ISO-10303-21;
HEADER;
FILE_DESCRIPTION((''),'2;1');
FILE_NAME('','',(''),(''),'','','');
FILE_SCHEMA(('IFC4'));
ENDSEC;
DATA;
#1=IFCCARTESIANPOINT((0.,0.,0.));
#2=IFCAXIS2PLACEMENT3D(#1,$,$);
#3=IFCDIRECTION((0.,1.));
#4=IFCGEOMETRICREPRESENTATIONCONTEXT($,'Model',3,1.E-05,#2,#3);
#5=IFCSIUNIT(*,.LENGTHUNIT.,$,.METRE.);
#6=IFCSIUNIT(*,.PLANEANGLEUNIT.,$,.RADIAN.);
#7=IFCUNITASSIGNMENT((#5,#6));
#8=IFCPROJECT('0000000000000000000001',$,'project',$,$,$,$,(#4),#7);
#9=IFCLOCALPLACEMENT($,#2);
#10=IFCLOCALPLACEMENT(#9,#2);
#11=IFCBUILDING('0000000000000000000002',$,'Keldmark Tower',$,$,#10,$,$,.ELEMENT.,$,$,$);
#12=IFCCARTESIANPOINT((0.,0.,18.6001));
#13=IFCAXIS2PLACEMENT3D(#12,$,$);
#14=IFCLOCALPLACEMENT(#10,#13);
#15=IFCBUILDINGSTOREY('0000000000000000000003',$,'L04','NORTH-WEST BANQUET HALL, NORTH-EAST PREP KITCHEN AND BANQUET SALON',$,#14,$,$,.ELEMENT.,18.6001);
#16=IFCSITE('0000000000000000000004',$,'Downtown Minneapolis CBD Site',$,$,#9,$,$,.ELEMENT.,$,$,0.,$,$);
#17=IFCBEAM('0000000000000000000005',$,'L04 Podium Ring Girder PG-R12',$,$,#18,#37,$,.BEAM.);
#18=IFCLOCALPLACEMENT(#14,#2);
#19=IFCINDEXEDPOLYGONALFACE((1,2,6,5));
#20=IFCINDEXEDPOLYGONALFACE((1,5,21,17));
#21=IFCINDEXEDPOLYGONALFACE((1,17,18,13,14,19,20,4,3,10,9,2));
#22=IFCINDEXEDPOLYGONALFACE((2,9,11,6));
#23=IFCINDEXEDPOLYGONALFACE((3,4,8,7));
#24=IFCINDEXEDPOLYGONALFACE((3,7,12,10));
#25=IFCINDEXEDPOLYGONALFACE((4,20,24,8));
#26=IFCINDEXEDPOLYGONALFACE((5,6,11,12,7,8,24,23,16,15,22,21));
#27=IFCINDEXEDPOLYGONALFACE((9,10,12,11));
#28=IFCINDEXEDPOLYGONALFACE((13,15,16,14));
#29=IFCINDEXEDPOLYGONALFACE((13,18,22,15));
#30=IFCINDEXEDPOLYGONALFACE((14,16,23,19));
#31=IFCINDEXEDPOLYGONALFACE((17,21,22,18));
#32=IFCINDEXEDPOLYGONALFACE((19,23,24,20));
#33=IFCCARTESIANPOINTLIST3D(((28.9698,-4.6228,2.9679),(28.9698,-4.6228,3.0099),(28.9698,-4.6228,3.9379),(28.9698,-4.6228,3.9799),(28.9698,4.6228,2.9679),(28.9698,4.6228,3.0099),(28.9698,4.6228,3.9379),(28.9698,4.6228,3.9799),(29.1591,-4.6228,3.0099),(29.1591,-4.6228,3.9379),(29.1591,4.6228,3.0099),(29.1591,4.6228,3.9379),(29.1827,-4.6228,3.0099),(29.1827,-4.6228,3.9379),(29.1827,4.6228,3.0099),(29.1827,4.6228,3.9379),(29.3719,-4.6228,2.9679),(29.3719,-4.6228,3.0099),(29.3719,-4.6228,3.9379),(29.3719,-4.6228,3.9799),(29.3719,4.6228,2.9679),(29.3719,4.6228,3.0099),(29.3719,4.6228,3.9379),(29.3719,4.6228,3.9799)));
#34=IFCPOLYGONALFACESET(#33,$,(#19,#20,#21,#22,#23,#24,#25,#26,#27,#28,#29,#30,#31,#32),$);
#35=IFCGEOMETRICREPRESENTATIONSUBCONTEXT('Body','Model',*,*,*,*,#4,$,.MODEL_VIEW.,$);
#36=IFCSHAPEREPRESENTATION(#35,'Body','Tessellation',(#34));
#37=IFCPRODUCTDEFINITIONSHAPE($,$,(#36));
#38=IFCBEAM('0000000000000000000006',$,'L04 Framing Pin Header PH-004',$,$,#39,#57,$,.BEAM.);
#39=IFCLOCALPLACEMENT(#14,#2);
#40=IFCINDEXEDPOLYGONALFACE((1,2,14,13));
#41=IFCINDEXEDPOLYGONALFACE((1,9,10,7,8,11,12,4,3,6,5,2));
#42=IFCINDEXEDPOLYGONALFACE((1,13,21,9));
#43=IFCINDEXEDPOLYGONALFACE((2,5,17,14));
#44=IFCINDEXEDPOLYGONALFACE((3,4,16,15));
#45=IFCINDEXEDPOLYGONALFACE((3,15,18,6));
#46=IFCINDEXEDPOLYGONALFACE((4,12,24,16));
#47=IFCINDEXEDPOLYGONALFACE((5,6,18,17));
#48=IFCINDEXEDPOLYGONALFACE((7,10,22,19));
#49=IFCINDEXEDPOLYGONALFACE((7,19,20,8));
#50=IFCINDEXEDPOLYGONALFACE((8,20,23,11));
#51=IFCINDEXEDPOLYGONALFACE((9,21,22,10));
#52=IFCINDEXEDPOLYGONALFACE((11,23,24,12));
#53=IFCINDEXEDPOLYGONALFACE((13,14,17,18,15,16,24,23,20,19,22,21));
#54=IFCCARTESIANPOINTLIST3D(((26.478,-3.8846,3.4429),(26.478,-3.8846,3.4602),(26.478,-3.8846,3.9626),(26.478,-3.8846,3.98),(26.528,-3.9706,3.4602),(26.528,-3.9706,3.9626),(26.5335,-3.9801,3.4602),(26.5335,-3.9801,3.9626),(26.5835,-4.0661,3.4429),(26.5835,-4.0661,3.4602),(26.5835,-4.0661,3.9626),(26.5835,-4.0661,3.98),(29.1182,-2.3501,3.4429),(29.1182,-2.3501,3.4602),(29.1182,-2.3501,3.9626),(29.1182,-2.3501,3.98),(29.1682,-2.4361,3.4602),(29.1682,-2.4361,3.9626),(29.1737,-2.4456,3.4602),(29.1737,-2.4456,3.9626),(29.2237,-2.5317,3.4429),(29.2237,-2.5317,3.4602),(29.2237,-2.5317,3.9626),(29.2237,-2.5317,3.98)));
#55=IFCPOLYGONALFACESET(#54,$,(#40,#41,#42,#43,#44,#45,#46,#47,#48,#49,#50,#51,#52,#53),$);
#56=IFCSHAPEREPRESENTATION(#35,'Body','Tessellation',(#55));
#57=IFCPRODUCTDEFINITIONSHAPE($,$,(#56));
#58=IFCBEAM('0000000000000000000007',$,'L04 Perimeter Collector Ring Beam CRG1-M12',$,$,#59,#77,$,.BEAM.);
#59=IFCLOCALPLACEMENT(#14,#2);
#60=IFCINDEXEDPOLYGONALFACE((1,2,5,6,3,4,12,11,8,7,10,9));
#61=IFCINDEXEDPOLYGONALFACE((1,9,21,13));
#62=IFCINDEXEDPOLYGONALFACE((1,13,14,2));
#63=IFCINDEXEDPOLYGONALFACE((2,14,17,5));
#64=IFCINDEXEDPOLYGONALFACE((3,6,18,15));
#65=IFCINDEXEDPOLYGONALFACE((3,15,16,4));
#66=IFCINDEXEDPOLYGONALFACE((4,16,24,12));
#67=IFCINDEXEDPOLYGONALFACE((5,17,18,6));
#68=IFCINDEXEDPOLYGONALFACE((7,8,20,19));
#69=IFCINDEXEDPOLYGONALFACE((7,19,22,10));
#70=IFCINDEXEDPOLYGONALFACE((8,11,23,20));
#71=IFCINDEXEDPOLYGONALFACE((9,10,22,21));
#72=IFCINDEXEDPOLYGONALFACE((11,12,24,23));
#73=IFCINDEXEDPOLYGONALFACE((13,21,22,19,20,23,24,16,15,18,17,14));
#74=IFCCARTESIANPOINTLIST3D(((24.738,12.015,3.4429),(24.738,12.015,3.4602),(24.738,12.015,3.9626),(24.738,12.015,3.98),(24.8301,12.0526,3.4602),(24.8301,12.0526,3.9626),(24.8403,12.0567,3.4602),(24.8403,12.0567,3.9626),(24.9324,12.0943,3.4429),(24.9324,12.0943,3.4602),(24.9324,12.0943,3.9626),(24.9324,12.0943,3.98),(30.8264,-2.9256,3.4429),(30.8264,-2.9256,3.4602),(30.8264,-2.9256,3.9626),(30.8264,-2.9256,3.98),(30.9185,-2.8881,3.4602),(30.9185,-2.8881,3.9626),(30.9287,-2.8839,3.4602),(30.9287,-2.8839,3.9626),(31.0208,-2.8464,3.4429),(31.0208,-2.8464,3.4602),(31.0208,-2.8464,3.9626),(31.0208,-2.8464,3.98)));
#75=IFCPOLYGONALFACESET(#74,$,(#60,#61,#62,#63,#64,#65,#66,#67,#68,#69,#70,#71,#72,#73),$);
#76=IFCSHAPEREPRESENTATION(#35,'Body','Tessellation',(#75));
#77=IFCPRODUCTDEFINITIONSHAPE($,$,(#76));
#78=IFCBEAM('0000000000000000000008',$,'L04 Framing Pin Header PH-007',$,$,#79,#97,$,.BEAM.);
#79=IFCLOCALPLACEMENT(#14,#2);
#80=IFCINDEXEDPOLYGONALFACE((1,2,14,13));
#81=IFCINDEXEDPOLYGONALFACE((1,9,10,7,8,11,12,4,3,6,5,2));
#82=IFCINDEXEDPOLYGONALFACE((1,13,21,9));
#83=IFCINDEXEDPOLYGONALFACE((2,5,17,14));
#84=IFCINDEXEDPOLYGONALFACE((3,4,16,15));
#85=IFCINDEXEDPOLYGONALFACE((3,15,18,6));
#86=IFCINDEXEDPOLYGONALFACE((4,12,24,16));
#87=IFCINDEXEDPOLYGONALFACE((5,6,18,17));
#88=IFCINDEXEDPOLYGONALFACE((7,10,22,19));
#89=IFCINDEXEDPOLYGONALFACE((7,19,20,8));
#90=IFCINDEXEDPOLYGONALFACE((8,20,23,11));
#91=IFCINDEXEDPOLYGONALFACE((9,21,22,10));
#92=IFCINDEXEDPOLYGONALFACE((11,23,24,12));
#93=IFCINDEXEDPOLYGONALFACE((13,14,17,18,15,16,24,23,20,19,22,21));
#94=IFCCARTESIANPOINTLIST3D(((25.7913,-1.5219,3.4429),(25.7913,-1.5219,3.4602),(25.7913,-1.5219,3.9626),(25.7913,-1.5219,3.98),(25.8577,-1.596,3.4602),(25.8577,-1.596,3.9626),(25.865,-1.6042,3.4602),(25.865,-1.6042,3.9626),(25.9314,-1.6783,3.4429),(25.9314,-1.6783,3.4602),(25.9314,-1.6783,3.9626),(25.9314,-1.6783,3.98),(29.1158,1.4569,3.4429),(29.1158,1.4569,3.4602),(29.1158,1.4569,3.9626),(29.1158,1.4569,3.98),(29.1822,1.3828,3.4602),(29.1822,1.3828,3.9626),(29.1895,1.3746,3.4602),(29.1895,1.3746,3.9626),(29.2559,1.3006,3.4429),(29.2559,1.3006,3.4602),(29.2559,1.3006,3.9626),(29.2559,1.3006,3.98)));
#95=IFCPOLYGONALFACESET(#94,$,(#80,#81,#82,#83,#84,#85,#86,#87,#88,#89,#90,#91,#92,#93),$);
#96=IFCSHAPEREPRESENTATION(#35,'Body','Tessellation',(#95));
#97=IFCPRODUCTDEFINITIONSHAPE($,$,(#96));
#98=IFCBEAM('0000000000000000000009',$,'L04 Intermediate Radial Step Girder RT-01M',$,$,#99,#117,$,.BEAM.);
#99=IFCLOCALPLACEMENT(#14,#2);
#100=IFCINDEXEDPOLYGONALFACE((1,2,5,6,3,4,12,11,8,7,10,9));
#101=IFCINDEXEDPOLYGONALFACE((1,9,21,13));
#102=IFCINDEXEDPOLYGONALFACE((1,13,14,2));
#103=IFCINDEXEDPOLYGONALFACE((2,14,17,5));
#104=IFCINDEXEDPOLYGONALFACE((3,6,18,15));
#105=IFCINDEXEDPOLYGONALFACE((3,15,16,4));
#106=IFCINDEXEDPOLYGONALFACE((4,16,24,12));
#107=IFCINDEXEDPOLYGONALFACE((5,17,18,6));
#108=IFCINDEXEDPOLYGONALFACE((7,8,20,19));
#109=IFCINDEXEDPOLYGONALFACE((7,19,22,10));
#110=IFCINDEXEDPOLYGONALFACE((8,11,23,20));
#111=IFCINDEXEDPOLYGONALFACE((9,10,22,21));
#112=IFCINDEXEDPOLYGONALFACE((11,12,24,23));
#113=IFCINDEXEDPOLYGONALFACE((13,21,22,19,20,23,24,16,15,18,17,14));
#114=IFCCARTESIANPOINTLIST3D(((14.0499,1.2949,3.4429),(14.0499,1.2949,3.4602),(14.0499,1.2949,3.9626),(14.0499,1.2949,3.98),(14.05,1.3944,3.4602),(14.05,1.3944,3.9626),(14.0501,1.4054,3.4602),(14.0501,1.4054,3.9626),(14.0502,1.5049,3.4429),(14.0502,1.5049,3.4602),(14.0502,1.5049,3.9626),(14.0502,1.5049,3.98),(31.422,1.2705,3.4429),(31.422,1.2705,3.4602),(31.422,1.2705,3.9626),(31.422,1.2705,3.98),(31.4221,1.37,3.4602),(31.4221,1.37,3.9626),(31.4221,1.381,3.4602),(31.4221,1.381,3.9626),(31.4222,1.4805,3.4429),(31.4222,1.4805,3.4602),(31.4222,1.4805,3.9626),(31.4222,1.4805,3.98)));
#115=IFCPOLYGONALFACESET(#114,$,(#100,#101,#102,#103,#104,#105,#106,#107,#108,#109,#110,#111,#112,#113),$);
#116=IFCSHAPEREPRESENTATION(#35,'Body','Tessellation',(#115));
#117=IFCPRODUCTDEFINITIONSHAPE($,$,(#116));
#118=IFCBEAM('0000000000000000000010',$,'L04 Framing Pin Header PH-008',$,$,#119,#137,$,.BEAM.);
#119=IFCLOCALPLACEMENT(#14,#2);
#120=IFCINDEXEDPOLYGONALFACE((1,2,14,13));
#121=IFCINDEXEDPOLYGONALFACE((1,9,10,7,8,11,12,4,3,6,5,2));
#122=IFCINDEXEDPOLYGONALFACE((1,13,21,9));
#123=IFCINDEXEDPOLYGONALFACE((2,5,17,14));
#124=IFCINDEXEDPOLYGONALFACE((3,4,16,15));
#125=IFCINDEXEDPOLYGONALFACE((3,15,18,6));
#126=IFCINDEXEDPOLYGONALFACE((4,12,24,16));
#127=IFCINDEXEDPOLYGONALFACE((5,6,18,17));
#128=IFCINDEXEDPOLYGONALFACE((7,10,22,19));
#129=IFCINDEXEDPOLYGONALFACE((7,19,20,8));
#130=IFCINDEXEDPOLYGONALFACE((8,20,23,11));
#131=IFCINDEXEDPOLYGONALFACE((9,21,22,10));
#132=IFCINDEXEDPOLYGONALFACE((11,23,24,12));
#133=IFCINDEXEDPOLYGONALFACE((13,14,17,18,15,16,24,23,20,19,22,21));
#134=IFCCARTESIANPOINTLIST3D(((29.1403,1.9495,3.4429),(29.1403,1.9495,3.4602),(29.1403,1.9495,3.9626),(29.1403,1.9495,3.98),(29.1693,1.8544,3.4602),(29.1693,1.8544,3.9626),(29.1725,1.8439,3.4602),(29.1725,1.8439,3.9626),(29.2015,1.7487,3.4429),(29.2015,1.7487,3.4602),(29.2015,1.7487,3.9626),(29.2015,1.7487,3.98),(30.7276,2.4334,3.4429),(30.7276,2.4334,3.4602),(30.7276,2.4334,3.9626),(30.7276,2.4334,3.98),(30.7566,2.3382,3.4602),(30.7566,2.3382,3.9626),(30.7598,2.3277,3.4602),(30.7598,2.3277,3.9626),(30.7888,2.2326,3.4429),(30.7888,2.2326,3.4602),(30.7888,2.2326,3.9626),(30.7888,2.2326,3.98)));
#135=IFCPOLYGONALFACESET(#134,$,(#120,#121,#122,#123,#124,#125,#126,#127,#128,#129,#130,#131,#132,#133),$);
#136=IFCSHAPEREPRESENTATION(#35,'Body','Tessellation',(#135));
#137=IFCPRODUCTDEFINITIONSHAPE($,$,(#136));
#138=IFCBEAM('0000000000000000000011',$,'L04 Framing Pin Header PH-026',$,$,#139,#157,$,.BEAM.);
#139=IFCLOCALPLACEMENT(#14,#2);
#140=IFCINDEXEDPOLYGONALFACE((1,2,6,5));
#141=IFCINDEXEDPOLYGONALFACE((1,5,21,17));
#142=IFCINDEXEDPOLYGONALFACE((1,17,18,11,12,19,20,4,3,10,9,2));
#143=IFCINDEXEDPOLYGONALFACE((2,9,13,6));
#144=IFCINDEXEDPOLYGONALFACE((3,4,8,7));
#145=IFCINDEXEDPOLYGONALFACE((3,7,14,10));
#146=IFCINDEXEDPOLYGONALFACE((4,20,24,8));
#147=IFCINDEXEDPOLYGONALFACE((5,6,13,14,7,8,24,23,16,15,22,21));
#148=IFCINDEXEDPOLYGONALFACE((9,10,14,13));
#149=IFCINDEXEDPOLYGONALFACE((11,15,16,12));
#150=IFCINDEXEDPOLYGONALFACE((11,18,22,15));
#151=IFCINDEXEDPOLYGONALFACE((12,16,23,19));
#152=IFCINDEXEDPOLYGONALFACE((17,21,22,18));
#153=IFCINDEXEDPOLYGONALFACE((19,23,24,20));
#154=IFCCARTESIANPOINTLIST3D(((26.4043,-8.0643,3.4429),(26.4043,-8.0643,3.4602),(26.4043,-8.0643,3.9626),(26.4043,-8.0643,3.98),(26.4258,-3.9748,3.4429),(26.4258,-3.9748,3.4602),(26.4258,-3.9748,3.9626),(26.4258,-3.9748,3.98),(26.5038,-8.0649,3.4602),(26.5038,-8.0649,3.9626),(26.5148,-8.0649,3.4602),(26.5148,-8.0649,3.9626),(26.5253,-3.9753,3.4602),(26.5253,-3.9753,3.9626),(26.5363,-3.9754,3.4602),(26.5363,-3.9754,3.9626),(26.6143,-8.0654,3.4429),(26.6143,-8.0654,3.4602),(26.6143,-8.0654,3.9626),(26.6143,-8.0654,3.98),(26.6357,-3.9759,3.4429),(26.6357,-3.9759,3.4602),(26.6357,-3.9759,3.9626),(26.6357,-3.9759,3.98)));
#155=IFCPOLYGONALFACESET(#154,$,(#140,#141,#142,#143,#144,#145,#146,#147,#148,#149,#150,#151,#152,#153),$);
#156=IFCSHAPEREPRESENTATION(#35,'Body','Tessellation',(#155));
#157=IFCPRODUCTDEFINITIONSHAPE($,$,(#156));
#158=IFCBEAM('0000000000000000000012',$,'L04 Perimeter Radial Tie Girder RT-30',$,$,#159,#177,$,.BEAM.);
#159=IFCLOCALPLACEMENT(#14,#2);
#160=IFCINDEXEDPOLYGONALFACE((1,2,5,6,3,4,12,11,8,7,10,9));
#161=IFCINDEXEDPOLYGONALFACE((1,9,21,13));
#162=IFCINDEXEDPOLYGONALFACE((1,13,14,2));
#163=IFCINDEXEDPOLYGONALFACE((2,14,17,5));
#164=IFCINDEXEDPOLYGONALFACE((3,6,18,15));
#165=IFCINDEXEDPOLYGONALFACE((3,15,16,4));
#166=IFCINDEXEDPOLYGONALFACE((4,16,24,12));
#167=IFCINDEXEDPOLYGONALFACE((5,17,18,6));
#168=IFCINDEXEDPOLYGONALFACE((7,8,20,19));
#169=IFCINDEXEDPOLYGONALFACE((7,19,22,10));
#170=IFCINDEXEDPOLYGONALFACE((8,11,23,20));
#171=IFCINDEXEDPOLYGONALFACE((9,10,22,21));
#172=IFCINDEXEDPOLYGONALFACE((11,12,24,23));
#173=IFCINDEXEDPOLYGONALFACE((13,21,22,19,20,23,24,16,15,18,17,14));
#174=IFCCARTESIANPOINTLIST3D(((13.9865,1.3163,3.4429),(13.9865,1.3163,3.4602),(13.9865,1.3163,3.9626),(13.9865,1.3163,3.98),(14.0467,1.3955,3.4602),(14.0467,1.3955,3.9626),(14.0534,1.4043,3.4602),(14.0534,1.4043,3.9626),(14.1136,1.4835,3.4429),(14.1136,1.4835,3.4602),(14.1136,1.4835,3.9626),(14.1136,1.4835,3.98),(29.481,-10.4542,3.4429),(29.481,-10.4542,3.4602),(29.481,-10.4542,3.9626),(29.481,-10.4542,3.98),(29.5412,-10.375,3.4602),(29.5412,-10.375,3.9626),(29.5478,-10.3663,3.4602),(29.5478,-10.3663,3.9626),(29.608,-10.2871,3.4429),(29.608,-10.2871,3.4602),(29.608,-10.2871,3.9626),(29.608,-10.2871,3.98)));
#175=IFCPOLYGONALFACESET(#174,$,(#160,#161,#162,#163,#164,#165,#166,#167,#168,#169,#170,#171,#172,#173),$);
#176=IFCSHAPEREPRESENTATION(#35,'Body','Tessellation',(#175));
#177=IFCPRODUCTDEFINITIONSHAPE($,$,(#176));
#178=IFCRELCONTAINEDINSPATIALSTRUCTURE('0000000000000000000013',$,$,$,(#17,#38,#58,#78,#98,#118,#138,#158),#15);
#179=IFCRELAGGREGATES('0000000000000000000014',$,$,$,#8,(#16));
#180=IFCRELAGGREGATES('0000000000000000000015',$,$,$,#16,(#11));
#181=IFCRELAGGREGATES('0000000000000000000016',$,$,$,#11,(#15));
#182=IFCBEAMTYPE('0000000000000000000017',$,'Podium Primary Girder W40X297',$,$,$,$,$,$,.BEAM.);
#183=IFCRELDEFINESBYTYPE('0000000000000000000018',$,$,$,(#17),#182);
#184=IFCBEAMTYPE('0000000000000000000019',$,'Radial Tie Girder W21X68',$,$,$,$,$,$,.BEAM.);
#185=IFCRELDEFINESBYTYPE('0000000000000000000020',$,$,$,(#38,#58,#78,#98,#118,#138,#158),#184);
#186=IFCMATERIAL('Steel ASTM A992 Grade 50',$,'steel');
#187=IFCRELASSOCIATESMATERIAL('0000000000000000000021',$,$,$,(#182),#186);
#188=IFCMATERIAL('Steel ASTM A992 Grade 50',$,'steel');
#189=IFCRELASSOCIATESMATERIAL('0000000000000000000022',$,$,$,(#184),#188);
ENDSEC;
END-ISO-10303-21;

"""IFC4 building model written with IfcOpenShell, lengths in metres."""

from ifc_helpers import new_model, si_unit, direction, frame, origin, origin_2d, place, context, subcontext, project, spatial, i_section, extrude, material, material_profile, profile_set, type_object, element, save


model = new_model("IFC4")

# Units and contexts
model_context = context("Model", 3, precision=1e-05, world=origin(), true_north=direction((0.0, 1.0)))
body_context = subcontext(model_context, "Body", "Model", "MODEL_VIEW")
ifc_project = project(units=[si_unit("LENGTHUNIT", "METRE"), si_unit("PLANEANGLEUNIT", "RADIAN")], contexts=[model_context])

# Site, building, storey
site_placement = place(None, origin())
site = spatial("IfcSite", under=ifc_project, at=site_placement, Name="Downtown Minneapolis CBD Site", CompositionType="ELEMENT", RefElevation=0.0)
building_placement = place(site_placement, origin())
building = spatial("IfcBuilding", under=site, at=building_placement, Name="Keldmark Tower", CompositionType="ELEMENT")
storey_placement = place(building_placement, frame((0.0, 0.0, 18.6001)))
storey = spatial("IfcBuildingStorey", under=building, at=storey_placement, Name="L04", Description="NORTH-WEST BANQUET HALL, NORTH-EAST PREP KITCHEN AND BANQUET SALON", CompositionType="ELEMENT", Elevation=18.6001)

# Beams
ifc_material_1 = material(Name="Steel ASTM A992 Grade 50", Category="steel")
ifc_material_profile_1 = material_profile(ifc_material_1, i_section(OverallWidth=0.4021, OverallDepth=1.012, WebThickness=0.0237, FlangeThickness=0.042, at=origin_2d()), Name="W40X297")
ifc_profile_set_1 = profile_set([ifc_material_profile_1], Name="Steel ASTM A992 Grade 50")
beam_type_1 = type_object("IfcBeamType", Name="Podium Primary Girder W40X297", PredefinedType="BEAM", material=ifc_profile_set_1)
beam_1_placement = place(storey_placement, frame((29.1709, -4.6228, 3.4739), z_axis=(0.0, 1.0, 0.0), x_axis=(-1.0, 0.0, 0.0)))
element("IfcBeam", 1, at=beam_1_placement, inside=storey, type_object=beam_type_1, Name="L04 Podium Ring Girder PG-R12", PredefinedType="BEAM", context=body_context, shape_type="SweptSolid", body=[
    extrude(i_section(OverallWidth=0.4021, OverallDepth=1.012, WebThickness=0.0237, FlangeThickness=0.042, at=origin_2d()), origin(), (0.0, 0.0, 1.0), 9.2456),
])
ifc_material_2 = material(Name="Steel ASTM A992 Grade 50", Category="steel")
ifc_material_profile_2 = material_profile(ifc_material_2, i_section(OverallWidth=0.21, OverallDepth=0.5371, WebThickness=0.011, FlangeThickness=0.0173, at=origin_2d()), Name="W21X68")
ifc_profile_set_2 = profile_set([ifc_material_profile_2], Name="Steel ASTM A992 Grade 50")
beam_type_2 = type_object("IfcBeamType", Name="Radial Tie Girder W21X68", PredefinedType="BEAM", material=ifc_profile_set_2)
beam_2_placement = place(storey_placement, frame((26.5308, -3.9753, 3.7114), z_axis=(0.864584, 0.502488, 0.0), x_axis=(-0.502488, 0.864584, 0.0)))
element("IfcBeam", 2, at=beam_2_placement, inside=storey, type_object=beam_type_2, Name="L04 Framing Pin Header PH-004", PredefinedType="BEAM", context=body_context, shape_type="SweptSolid", body=[
    extrude(i_section(OverallWidth=0.21, OverallDepth=0.5371, WebThickness=0.011, FlangeThickness=0.0173, at=origin_2d()), origin(), (0.0, 0.0, 1.0), 3.0537),
])
beam_3_placement = place(storey_placement, frame((30.9236, -2.886, 3.7114), z_axis=(-0.377373, 0.926061, 0.0), x_axis=(-0.926061, -0.377373, 0.0)))
element("IfcBeam", 3, at=beam_3_placement, inside=storey, type_object=beam_type_2, Name="L04 Perimeter Collector Ring Beam CRG1-M12", PredefinedType="BEAM", context=body_context, shape_type="SweptSolid", body=[
    extrude(i_section(OverallWidth=0.21, OverallDepth=0.5371, WebThickness=0.011, FlangeThickness=0.0173, at=origin_2d()), origin(), (0.0, 0.0, 1.0), 16.1335),
])
beam_4_placement = place(storey_placement, frame((25.8613, -1.6001, 3.7114), z_axis=(0.744769, 0.667322, 0.0), x_axis=(-0.667322, 0.744769, 0.0)))
element("IfcBeam", 4, at=beam_4_placement, inside=storey, type_object=beam_type_2, Name="L04 Framing Pin Header PH-007", PredefinedType="BEAM", context=body_context, shape_type="SweptSolid", body=[
    extrude(i_section(OverallWidth=0.21, OverallDepth=0.5371, WebThickness=0.011, FlangeThickness=0.0173, at=origin_2d()), origin(), (0.0, 0.0, 1.0), 4.4639),
])
beam_5_placement = place(storey_placement, frame((14.05, 1.3999, 3.7114), z_axis=(0.999999, -0.001405, 0.0), x_axis=(0.001405, 0.999999, 0.0)))
element("IfcBeam", 5, at=beam_5_placement, inside=storey, type_object=beam_type_2, Name="L04 Intermediate Radial Step Girder RT-01M", PredefinedType="BEAM", context=body_context, shape_type="SweptSolid", body=[
    extrude(i_section(OverallWidth=0.21, OverallDepth=0.5371, WebThickness=0.011, FlangeThickness=0.0173, at=origin_2d()), origin(), (0.0, 0.0, 1.0), 17.3721),
])
beam_6_placement = place(storey_placement, frame((29.1709, 1.8491, 3.7114), z_axis=(0.956546, 0.291583, 0.0), x_axis=(-0.291583, 0.956546, 0.0)))
element("IfcBeam", 6, at=beam_6_placement, inside=storey, type_object=beam_type_2, Name="L04 Framing Pin Header PH-008", PredefinedType="BEAM", context=body_context, shape_type="SweptSolid", body=[
    extrude(i_section(OverallWidth=0.21, OverallDepth=0.5371, WebThickness=0.011, FlangeThickness=0.0173, at=origin_2d()), origin(), (0.0, 0.0, 1.0), 1.6594),
])
beam_7_placement = place(storey_placement, frame((26.5308, -3.9753, 3.7114), z_axis=(-0.005253, -0.999986, 0.0), x_axis=(0.999986, -0.005253, 0.0)))
element("IfcBeam", 7, at=beam_7_placement, inside=storey, type_object=beam_type_2, Name="L04 Framing Pin Header PH-026", PredefinedType="BEAM", context=body_context, shape_type="SweptSolid", body=[
    extrude(i_section(OverallWidth=0.21, OverallDepth=0.5371, WebThickness=0.011, FlangeThickness=0.0173, at=origin_2d()), origin(), (0.0, 0.0, 1.0), 4.0896),
])
beam_8_placement = place(storey_placement, frame((14.05, 1.3999, 3.7114), z_axis=(0.796292, -0.604913, 0.0), x_axis=(0.604913, 0.796292, 0.0)))
element("IfcBeam", 8, at=beam_8_placement, inside=storey, type_object=beam_type_2, Name="L04 Perimeter Radial Tie Girder RT-30", PredefinedType="BEAM", context=body_context, shape_type="SweptSolid", body=[
    extrude(i_section(OverallWidth=0.21, OverallDepth=0.5371, WebThickness=0.011, FlangeThickness=0.0173, at=origin_2d()), origin(), (0.0, 0.0, 1.0), 19.4583),
])

save(model, "model.ifc")
